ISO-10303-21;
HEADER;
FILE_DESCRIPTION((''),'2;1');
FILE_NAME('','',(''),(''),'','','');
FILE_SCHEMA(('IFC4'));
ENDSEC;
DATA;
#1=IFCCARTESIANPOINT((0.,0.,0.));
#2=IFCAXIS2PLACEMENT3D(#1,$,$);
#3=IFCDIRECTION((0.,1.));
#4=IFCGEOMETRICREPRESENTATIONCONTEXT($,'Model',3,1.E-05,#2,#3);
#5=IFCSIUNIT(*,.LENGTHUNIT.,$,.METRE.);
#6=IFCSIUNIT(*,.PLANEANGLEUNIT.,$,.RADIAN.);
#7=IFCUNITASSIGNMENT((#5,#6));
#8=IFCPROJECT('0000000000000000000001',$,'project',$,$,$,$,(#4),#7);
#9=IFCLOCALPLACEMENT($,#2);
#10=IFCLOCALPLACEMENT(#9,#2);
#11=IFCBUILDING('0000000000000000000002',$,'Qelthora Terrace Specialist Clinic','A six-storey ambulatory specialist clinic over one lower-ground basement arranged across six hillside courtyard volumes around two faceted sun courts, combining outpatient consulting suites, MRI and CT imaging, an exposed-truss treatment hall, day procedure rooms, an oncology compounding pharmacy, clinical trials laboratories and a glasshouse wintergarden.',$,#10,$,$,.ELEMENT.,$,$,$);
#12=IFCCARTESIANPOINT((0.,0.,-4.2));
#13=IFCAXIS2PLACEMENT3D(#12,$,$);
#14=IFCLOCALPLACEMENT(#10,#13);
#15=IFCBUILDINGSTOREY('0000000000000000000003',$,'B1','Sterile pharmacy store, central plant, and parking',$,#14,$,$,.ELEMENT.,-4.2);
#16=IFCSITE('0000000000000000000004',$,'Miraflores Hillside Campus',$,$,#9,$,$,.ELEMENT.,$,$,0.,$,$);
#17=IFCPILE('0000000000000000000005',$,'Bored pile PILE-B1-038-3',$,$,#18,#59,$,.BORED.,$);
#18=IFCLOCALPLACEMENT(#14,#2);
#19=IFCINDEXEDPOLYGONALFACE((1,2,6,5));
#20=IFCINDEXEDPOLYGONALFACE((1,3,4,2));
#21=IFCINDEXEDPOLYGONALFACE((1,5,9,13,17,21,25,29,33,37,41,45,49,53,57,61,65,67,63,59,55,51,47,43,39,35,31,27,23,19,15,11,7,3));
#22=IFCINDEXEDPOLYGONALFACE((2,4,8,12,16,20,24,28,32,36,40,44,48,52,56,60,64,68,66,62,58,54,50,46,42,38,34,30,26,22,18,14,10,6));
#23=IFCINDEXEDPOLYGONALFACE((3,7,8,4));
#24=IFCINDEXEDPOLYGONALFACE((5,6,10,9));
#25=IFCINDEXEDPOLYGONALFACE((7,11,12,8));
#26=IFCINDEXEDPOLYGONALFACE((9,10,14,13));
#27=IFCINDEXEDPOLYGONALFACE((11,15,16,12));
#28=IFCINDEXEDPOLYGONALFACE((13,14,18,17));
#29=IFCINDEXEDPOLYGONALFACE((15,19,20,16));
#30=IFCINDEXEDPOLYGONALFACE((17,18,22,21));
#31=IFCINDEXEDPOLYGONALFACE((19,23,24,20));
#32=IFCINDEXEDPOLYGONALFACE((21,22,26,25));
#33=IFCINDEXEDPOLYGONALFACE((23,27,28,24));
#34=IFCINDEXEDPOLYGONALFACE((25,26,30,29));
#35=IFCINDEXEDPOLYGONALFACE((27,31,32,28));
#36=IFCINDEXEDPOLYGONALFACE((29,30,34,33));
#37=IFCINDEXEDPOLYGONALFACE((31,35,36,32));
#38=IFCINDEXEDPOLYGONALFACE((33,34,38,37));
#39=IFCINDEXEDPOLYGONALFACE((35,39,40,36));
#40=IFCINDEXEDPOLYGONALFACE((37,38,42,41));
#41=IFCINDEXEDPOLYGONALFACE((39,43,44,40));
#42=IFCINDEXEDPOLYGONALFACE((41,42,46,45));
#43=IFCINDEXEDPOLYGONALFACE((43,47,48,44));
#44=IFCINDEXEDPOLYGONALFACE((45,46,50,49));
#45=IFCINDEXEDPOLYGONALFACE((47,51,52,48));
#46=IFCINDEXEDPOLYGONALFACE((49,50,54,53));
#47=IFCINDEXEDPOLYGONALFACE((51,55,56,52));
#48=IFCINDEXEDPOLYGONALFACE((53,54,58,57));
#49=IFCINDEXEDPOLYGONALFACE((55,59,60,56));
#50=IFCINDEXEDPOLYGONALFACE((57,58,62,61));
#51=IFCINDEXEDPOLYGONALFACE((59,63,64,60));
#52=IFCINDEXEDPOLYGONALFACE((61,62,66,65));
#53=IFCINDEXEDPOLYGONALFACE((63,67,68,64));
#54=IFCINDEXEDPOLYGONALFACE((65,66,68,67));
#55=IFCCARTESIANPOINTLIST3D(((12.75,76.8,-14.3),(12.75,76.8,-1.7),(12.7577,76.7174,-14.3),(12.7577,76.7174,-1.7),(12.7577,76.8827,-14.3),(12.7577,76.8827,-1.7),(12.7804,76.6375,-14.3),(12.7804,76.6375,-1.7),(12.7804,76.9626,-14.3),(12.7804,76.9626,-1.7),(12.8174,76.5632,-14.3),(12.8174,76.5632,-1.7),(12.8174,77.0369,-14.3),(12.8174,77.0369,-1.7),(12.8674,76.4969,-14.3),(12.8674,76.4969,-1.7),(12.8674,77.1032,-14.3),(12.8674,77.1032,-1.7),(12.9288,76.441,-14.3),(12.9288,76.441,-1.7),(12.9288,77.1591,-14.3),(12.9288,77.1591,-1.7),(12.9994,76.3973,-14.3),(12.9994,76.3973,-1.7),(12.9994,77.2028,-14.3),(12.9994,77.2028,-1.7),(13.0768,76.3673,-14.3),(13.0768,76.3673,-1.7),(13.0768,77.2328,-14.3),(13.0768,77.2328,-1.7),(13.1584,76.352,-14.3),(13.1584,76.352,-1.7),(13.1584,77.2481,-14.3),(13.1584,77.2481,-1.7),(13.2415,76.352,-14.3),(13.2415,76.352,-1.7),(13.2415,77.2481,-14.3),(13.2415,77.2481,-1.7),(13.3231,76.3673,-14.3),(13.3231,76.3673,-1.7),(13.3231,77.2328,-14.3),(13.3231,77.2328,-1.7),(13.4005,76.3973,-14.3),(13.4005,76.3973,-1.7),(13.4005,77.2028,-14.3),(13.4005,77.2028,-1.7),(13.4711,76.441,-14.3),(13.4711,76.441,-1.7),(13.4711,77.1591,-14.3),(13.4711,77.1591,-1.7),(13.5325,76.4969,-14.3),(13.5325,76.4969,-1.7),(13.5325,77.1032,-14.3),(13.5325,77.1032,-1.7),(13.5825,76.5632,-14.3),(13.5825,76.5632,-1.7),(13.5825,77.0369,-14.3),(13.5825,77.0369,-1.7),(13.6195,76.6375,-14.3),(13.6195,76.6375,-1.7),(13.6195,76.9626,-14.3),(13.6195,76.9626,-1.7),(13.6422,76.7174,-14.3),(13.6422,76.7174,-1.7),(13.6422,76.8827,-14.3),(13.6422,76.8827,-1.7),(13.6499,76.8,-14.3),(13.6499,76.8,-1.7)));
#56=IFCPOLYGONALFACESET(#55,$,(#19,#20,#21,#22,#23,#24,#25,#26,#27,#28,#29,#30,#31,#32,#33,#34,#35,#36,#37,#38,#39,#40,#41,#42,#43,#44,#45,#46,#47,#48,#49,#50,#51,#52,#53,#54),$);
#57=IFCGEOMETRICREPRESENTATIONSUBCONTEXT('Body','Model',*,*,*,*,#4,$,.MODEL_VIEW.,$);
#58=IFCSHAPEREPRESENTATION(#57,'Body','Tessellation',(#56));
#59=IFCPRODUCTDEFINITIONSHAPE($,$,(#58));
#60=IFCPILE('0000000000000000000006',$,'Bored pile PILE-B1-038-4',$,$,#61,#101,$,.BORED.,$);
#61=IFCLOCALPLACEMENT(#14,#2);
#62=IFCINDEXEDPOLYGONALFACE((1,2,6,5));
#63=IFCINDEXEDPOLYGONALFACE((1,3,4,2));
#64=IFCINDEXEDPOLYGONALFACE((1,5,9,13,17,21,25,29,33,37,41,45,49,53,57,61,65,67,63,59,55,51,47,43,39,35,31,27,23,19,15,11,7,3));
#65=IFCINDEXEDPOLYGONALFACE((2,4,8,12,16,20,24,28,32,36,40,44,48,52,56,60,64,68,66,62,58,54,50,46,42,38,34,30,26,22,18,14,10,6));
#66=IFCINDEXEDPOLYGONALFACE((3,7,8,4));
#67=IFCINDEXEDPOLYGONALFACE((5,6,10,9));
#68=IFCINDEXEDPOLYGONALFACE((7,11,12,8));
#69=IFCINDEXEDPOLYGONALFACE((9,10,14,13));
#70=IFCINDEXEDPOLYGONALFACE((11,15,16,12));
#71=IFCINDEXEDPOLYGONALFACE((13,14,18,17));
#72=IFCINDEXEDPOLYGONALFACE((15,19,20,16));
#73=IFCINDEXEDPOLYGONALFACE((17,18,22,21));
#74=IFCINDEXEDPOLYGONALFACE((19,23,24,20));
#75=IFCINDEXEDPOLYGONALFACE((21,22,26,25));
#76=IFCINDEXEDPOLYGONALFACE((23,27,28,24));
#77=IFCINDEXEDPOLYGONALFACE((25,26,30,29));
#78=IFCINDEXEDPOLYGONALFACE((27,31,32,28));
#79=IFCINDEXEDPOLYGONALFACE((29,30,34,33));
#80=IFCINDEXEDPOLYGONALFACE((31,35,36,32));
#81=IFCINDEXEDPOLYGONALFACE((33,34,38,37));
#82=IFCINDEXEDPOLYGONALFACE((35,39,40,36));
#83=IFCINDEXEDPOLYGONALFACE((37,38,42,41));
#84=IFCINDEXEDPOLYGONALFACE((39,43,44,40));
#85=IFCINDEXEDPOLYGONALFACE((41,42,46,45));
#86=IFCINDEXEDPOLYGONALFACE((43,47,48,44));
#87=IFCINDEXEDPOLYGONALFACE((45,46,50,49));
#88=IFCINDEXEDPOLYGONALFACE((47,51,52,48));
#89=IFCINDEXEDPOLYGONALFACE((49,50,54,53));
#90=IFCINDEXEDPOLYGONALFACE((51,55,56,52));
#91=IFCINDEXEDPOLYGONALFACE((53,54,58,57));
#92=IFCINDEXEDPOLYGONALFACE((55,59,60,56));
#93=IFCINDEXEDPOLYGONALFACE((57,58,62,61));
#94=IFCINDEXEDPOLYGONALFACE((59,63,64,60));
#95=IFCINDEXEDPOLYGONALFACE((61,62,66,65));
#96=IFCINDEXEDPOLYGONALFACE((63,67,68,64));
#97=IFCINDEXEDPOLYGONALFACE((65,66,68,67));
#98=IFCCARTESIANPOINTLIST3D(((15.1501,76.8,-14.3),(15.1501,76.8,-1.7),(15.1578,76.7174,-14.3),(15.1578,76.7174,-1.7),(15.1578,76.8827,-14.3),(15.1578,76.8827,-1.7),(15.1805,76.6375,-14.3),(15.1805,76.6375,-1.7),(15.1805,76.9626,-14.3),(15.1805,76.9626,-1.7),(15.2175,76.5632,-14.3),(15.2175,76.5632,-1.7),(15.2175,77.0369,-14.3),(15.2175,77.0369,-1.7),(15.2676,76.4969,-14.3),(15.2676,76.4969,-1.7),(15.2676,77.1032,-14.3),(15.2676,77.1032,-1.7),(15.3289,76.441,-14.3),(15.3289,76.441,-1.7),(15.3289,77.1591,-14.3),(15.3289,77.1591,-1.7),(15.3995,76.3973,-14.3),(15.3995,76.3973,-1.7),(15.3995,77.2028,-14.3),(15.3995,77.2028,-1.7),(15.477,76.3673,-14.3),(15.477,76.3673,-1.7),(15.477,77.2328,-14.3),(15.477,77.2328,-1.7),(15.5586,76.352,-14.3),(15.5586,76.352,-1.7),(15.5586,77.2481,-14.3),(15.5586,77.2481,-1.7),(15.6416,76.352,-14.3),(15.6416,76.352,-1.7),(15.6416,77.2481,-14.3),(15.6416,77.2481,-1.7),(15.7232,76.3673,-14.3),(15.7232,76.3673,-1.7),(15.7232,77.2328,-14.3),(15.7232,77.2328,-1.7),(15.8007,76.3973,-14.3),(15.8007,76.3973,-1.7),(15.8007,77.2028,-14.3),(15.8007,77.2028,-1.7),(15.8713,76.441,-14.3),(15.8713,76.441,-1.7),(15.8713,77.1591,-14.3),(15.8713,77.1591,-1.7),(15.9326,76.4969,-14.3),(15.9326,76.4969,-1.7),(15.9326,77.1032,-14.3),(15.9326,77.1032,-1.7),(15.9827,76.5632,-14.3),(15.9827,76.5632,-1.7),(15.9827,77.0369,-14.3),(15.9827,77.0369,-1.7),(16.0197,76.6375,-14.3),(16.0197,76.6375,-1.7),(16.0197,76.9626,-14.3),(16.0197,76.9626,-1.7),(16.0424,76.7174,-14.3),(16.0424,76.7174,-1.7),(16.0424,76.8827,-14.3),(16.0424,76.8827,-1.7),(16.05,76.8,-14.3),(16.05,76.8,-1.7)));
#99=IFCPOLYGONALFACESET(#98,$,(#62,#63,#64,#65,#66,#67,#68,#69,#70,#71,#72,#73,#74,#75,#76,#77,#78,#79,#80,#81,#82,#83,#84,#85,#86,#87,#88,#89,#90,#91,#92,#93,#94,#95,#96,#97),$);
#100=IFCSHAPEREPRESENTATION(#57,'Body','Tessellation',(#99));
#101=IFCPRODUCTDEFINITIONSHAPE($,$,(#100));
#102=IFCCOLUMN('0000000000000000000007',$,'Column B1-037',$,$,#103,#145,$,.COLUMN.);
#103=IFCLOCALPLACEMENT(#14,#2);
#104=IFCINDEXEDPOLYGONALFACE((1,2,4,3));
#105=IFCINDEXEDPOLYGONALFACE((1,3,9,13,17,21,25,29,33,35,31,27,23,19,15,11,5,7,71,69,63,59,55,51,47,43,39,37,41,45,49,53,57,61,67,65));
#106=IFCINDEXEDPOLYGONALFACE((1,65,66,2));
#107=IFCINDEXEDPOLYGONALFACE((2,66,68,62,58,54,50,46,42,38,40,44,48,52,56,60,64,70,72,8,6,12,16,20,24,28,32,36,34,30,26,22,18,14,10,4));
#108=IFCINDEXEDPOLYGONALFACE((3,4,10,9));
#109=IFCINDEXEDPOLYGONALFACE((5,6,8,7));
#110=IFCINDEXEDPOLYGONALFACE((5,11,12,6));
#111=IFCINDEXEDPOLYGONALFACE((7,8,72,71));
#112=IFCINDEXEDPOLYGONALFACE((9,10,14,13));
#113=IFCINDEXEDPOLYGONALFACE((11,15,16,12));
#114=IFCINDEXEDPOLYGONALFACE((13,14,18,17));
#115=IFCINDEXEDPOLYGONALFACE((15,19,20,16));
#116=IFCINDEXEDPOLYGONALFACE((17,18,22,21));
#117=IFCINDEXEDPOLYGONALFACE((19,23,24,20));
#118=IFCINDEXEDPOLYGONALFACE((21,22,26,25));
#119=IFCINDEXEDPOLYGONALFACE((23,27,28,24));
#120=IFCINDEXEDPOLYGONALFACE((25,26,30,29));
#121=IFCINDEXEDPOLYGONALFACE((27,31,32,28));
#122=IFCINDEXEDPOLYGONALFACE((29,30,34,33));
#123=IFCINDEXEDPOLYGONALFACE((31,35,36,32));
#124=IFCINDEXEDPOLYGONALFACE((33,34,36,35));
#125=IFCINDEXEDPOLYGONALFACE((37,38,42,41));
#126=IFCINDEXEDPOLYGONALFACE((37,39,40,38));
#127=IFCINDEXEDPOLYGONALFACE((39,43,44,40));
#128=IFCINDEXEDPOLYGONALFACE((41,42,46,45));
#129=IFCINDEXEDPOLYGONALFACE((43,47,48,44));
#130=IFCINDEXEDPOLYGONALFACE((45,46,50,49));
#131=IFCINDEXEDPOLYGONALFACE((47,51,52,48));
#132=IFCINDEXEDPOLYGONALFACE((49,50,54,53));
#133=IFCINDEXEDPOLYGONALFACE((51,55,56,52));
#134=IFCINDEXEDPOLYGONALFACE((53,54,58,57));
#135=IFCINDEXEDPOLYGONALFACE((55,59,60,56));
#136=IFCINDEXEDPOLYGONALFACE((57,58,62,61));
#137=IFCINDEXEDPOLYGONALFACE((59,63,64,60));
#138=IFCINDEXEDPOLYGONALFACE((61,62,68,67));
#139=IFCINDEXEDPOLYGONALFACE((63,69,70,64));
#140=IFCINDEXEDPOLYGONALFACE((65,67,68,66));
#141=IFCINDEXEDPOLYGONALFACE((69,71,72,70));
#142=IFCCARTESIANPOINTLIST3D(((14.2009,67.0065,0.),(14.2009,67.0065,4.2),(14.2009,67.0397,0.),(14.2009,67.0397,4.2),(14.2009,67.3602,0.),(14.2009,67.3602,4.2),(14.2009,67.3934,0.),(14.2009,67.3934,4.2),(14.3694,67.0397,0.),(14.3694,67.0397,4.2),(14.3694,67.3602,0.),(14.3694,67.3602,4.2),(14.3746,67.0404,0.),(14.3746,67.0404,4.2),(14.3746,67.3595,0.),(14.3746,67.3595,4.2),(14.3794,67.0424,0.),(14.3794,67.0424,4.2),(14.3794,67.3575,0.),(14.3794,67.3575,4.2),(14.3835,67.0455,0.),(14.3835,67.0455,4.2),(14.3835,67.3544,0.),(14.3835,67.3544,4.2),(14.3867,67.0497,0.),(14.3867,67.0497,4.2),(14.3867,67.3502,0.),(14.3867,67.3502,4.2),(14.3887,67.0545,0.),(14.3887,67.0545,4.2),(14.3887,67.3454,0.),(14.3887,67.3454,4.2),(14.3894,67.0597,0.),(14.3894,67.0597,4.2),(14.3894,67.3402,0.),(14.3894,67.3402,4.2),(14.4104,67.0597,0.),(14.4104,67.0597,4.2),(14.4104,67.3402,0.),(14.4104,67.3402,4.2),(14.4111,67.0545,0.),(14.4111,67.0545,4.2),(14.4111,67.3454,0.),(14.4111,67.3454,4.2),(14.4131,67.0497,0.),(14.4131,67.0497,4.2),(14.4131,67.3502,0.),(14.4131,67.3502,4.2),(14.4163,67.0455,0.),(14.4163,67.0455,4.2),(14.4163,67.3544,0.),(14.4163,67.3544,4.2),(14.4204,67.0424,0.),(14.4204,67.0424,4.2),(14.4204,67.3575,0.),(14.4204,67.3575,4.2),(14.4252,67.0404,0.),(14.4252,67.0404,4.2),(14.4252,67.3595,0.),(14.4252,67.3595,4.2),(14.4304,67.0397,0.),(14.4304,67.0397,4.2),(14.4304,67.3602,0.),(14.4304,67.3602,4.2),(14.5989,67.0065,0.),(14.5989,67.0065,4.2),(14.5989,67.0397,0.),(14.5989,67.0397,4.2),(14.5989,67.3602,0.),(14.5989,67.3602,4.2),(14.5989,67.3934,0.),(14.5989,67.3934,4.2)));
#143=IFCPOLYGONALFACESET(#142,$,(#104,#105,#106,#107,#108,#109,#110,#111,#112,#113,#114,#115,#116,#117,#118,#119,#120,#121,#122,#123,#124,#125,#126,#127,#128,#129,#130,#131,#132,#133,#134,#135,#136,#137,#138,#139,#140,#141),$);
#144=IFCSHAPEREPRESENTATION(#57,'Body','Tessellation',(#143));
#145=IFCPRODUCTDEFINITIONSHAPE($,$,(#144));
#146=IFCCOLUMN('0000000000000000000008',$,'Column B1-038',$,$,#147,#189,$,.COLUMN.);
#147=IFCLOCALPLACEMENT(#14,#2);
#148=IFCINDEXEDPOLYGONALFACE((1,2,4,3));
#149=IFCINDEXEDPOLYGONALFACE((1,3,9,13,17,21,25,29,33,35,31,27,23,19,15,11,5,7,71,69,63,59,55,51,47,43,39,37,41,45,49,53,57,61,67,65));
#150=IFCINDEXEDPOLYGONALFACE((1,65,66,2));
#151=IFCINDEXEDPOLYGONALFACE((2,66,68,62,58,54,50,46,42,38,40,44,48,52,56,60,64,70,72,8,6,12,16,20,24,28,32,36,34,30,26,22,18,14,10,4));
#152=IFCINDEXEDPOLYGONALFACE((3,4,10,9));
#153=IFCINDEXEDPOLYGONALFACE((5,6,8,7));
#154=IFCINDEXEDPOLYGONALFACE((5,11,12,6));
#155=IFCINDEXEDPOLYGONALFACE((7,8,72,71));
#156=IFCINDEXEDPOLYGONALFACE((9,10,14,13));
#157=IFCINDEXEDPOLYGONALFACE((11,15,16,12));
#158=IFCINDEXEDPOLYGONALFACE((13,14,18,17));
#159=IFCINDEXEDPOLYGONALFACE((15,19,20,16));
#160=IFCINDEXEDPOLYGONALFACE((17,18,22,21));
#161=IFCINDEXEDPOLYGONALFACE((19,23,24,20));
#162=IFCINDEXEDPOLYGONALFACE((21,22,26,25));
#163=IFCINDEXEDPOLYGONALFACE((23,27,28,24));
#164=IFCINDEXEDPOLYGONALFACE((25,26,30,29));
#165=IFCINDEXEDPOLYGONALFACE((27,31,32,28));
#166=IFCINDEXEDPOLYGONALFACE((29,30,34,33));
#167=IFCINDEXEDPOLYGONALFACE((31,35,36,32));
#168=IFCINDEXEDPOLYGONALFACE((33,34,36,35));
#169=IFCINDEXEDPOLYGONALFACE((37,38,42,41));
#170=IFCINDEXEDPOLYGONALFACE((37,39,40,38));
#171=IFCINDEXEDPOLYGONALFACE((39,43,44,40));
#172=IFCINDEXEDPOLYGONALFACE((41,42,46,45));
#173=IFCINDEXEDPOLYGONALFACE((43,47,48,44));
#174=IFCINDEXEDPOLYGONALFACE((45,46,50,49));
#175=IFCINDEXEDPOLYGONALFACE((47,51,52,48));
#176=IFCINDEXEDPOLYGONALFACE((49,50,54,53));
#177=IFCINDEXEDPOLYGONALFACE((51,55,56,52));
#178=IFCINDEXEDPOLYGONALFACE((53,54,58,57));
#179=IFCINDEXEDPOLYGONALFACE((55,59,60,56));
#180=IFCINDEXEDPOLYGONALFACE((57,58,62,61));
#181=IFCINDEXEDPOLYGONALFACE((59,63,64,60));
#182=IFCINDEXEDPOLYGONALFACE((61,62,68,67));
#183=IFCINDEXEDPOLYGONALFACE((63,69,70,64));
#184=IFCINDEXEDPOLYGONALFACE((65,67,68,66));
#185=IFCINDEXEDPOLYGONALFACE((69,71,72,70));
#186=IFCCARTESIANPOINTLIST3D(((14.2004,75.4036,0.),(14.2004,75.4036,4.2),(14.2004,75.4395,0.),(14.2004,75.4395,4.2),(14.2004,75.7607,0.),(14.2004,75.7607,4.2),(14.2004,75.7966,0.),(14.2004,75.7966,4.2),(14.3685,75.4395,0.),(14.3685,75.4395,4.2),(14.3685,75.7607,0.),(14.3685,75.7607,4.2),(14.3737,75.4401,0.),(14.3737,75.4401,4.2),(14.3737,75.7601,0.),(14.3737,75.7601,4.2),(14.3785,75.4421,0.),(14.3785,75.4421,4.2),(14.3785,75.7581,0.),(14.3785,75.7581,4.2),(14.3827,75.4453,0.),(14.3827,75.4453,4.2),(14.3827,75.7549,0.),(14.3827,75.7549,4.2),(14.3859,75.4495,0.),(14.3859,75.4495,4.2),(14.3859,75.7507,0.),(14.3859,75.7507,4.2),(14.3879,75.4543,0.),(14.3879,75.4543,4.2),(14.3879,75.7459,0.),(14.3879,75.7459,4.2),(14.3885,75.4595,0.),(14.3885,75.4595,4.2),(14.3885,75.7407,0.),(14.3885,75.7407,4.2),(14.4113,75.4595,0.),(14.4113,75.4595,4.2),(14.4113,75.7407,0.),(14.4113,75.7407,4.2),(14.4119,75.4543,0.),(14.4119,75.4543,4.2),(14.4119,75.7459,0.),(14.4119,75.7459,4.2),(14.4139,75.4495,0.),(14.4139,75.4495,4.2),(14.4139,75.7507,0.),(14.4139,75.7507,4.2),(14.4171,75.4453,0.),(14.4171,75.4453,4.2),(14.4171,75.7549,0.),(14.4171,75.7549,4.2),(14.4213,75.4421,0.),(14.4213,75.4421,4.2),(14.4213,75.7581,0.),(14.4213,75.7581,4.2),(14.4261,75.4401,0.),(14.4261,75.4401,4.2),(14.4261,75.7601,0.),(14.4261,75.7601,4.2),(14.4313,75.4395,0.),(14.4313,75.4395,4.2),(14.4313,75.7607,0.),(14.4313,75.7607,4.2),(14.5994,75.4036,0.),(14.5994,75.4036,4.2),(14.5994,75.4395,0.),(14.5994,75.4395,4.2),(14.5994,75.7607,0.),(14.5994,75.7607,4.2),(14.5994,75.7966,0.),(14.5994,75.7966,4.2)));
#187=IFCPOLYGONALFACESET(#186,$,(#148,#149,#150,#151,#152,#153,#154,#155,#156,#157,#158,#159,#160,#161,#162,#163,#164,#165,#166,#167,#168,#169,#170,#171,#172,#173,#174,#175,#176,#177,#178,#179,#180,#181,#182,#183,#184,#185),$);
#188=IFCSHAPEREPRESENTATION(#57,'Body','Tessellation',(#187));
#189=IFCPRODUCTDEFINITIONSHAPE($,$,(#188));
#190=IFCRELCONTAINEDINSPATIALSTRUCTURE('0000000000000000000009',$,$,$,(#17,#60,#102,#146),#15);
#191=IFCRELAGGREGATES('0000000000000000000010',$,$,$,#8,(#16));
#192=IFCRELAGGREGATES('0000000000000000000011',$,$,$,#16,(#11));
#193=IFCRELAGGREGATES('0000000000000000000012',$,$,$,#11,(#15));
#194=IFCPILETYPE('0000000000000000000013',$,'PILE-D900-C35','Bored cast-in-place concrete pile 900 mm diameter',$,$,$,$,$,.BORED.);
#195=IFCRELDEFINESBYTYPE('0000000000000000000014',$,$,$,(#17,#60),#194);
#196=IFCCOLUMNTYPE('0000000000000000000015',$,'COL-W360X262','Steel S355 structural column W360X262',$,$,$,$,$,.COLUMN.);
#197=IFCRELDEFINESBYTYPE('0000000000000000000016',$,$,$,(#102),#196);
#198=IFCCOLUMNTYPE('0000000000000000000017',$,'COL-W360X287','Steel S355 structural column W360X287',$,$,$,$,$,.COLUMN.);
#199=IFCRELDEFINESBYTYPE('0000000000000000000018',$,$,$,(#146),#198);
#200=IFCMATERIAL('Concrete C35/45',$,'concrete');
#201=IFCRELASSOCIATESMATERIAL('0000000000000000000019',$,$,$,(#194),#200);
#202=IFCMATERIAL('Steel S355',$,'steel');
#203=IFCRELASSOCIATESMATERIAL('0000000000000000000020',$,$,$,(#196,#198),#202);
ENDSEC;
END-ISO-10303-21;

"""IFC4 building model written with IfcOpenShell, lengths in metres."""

from ifc_helpers import new_model, si_unit, direction, frame, origin, origin_2d, place, context, subcontext, project, spatial, circle, i_section, extrude, material, material_profile, profile_set, type_object, element, save


model = new_model("IFC4")

# Units and contexts
model_context = context("Model", 3, precision=1e-05, world=origin(), true_north=direction((0.0, 1.0)))
body_context = subcontext(model_context, "Body", "Model", "MODEL_VIEW")
ifc_project = project(units=[si_unit("LENGTHUNIT", "METRE"), si_unit("PLANEANGLEUNIT", "RADIAN")], contexts=[model_context])

# Site, building, storey
site_placement = place(None, origin())
site = spatial("IfcSite", under=ifc_project, at=site_placement, Name="Miraflores Hillside Campus", CompositionType="ELEMENT", RefElevation=0.0)
building_placement = place(site_placement, origin())
building = spatial("IfcBuilding", under=site, at=building_placement, Name="Qelthora Terrace Specialist Clinic", Description="A six-storey ambulatory specialist clinic over one lower-ground basement arranged across six hillside courtyard volumes around two faceted sun courts, combining outpatient consulting suites, MRI and CT imaging, an exposed-truss treatment hall, day procedure rooms, an oncology compounding pharmacy, clinical trials laboratories and a glasshouse wintergarden.", CompositionType="ELEMENT")
storey_placement = place(building_placement, frame((0.0, 0.0, -4.2)))
storey = spatial("IfcBuildingStorey", under=building, at=storey_placement, Name="B1", Description="Sterile pharmacy store, central plant, and parking", CompositionType="ELEMENT", Elevation=-4.2)

# Shared definitions
ifc_material_1 = material(Name="Concrete C35/45", Category="concrete")

# Piles
ifc_material_profile_1 = material_profile(ifc_material_1, circle(Radius=0.45, at=origin_2d()), Name="PILE900")
ifc_profile_set_1 = profile_set([ifc_material_profile_1], Name="Concrete C35/45")
pile_type_1 = type_object("IfcPileType", Name="PILE-D900-C35", Description="Bored cast-in-place concrete pile 900 mm diameter", PredefinedType="BORED", material=ifc_profile_set_1)
for number, where, z_axis, x_axis, name in (
    (1, (13.2, 76.8, -1.7), (0.0, 0.0, -1.0), (1.0, 0.0, 0.0), "Bored pile PILE-B1-038-3"),
    (2, (15.6001, 76.8, -1.7), (0.0, 0.0, -1.0), (1.0, 0.0, 0.0), "Bored pile PILE-B1-038-4"),
):
    element("IfcPile", number, at=place(storey_placement, frame(where, z_axis=z_axis, x_axis=x_axis)), inside=storey, type_object=pile_type_1, Name=name, PredefinedType="BORED", context=body_context, shape_type="SweptSolid", body=[
        extrude(circle(Radius=0.45, at=origin_2d()), origin(), (0.0, 0.0, 1.0), 12.6001),
    ])

# Columns
ifc_material_2 = material(Name="Steel S355", Category="steel")
ifc_material_profile_2 = material_profile(ifc_material_2, i_section(OverallWidth=0.3979, OverallDepth=0.387, WebThickness=0.021, FlangeThickness=0.0332, FilletRadius=0.02, at=origin_2d()), Name="W360X262")
ifc_profile_set_2 = profile_set([ifc_material_profile_2], Name="Steel S355")
column_type_1 = type_object("IfcColumnType", Name="COL-W360X262", Description="Steel S355 structural column W360X262", PredefinedType="COLUMN", material=ifc_profile_set_2)
column_1_placement = place(storey_placement, frame((14.3999, 67.2, 0.0), z_axis=(0.0, 0.0, 1.0), x_axis=(1.0, 0.0, 0.0)))
element("IfcColumn", 3, at=column_1_placement, inside=storey, type_object=column_type_1, Name="Column B1-037", PredefinedType="COLUMN", context=body_context, shape_type="SweptSolid", body=[
    extrude(i_section(OverallWidth=0.3979, OverallDepth=0.387, WebThickness=0.021, FlangeThickness=0.0332, FilletRadius=0.02, at=origin_2d()), origin(), (0.0, 0.0, 1.0), 4.2),
])
ifc_material_profile_3 = material_profile(ifc_material_2, i_section(OverallWidth=0.3989, OverallDepth=0.3931, WebThickness=0.0227, FlangeThickness=0.0359, FilletRadius=0.02, at=origin_2d()), Name="W360X287")
ifc_profile_set_3 = profile_set([ifc_material_profile_3], Name="Steel S355")
column_type_2 = type_object("IfcColumnType", Name="COL-W360X287", Description="Steel S355 structural column W360X287", PredefinedType="COLUMN", material=ifc_profile_set_3)
column_2_placement = place(storey_placement, frame((14.3999, 75.6001, 0.0), z_axis=(0.0, 0.0, 1.0), x_axis=(1.0, 0.0, 0.0)))
element("IfcColumn", 4, at=column_2_placement, inside=storey, type_object=column_type_2, Name="Column B1-038", PredefinedType="COLUMN", context=body_context, shape_type="SweptSolid", body=[
    extrude(i_section(OverallWidth=0.3989, OverallDepth=0.3931, WebThickness=0.0227, FlangeThickness=0.0359, FilletRadius=0.02, at=origin_2d()), origin(), (0.0, 0.0, 1.0), 4.2),
])

save(model, "model.ifc")
